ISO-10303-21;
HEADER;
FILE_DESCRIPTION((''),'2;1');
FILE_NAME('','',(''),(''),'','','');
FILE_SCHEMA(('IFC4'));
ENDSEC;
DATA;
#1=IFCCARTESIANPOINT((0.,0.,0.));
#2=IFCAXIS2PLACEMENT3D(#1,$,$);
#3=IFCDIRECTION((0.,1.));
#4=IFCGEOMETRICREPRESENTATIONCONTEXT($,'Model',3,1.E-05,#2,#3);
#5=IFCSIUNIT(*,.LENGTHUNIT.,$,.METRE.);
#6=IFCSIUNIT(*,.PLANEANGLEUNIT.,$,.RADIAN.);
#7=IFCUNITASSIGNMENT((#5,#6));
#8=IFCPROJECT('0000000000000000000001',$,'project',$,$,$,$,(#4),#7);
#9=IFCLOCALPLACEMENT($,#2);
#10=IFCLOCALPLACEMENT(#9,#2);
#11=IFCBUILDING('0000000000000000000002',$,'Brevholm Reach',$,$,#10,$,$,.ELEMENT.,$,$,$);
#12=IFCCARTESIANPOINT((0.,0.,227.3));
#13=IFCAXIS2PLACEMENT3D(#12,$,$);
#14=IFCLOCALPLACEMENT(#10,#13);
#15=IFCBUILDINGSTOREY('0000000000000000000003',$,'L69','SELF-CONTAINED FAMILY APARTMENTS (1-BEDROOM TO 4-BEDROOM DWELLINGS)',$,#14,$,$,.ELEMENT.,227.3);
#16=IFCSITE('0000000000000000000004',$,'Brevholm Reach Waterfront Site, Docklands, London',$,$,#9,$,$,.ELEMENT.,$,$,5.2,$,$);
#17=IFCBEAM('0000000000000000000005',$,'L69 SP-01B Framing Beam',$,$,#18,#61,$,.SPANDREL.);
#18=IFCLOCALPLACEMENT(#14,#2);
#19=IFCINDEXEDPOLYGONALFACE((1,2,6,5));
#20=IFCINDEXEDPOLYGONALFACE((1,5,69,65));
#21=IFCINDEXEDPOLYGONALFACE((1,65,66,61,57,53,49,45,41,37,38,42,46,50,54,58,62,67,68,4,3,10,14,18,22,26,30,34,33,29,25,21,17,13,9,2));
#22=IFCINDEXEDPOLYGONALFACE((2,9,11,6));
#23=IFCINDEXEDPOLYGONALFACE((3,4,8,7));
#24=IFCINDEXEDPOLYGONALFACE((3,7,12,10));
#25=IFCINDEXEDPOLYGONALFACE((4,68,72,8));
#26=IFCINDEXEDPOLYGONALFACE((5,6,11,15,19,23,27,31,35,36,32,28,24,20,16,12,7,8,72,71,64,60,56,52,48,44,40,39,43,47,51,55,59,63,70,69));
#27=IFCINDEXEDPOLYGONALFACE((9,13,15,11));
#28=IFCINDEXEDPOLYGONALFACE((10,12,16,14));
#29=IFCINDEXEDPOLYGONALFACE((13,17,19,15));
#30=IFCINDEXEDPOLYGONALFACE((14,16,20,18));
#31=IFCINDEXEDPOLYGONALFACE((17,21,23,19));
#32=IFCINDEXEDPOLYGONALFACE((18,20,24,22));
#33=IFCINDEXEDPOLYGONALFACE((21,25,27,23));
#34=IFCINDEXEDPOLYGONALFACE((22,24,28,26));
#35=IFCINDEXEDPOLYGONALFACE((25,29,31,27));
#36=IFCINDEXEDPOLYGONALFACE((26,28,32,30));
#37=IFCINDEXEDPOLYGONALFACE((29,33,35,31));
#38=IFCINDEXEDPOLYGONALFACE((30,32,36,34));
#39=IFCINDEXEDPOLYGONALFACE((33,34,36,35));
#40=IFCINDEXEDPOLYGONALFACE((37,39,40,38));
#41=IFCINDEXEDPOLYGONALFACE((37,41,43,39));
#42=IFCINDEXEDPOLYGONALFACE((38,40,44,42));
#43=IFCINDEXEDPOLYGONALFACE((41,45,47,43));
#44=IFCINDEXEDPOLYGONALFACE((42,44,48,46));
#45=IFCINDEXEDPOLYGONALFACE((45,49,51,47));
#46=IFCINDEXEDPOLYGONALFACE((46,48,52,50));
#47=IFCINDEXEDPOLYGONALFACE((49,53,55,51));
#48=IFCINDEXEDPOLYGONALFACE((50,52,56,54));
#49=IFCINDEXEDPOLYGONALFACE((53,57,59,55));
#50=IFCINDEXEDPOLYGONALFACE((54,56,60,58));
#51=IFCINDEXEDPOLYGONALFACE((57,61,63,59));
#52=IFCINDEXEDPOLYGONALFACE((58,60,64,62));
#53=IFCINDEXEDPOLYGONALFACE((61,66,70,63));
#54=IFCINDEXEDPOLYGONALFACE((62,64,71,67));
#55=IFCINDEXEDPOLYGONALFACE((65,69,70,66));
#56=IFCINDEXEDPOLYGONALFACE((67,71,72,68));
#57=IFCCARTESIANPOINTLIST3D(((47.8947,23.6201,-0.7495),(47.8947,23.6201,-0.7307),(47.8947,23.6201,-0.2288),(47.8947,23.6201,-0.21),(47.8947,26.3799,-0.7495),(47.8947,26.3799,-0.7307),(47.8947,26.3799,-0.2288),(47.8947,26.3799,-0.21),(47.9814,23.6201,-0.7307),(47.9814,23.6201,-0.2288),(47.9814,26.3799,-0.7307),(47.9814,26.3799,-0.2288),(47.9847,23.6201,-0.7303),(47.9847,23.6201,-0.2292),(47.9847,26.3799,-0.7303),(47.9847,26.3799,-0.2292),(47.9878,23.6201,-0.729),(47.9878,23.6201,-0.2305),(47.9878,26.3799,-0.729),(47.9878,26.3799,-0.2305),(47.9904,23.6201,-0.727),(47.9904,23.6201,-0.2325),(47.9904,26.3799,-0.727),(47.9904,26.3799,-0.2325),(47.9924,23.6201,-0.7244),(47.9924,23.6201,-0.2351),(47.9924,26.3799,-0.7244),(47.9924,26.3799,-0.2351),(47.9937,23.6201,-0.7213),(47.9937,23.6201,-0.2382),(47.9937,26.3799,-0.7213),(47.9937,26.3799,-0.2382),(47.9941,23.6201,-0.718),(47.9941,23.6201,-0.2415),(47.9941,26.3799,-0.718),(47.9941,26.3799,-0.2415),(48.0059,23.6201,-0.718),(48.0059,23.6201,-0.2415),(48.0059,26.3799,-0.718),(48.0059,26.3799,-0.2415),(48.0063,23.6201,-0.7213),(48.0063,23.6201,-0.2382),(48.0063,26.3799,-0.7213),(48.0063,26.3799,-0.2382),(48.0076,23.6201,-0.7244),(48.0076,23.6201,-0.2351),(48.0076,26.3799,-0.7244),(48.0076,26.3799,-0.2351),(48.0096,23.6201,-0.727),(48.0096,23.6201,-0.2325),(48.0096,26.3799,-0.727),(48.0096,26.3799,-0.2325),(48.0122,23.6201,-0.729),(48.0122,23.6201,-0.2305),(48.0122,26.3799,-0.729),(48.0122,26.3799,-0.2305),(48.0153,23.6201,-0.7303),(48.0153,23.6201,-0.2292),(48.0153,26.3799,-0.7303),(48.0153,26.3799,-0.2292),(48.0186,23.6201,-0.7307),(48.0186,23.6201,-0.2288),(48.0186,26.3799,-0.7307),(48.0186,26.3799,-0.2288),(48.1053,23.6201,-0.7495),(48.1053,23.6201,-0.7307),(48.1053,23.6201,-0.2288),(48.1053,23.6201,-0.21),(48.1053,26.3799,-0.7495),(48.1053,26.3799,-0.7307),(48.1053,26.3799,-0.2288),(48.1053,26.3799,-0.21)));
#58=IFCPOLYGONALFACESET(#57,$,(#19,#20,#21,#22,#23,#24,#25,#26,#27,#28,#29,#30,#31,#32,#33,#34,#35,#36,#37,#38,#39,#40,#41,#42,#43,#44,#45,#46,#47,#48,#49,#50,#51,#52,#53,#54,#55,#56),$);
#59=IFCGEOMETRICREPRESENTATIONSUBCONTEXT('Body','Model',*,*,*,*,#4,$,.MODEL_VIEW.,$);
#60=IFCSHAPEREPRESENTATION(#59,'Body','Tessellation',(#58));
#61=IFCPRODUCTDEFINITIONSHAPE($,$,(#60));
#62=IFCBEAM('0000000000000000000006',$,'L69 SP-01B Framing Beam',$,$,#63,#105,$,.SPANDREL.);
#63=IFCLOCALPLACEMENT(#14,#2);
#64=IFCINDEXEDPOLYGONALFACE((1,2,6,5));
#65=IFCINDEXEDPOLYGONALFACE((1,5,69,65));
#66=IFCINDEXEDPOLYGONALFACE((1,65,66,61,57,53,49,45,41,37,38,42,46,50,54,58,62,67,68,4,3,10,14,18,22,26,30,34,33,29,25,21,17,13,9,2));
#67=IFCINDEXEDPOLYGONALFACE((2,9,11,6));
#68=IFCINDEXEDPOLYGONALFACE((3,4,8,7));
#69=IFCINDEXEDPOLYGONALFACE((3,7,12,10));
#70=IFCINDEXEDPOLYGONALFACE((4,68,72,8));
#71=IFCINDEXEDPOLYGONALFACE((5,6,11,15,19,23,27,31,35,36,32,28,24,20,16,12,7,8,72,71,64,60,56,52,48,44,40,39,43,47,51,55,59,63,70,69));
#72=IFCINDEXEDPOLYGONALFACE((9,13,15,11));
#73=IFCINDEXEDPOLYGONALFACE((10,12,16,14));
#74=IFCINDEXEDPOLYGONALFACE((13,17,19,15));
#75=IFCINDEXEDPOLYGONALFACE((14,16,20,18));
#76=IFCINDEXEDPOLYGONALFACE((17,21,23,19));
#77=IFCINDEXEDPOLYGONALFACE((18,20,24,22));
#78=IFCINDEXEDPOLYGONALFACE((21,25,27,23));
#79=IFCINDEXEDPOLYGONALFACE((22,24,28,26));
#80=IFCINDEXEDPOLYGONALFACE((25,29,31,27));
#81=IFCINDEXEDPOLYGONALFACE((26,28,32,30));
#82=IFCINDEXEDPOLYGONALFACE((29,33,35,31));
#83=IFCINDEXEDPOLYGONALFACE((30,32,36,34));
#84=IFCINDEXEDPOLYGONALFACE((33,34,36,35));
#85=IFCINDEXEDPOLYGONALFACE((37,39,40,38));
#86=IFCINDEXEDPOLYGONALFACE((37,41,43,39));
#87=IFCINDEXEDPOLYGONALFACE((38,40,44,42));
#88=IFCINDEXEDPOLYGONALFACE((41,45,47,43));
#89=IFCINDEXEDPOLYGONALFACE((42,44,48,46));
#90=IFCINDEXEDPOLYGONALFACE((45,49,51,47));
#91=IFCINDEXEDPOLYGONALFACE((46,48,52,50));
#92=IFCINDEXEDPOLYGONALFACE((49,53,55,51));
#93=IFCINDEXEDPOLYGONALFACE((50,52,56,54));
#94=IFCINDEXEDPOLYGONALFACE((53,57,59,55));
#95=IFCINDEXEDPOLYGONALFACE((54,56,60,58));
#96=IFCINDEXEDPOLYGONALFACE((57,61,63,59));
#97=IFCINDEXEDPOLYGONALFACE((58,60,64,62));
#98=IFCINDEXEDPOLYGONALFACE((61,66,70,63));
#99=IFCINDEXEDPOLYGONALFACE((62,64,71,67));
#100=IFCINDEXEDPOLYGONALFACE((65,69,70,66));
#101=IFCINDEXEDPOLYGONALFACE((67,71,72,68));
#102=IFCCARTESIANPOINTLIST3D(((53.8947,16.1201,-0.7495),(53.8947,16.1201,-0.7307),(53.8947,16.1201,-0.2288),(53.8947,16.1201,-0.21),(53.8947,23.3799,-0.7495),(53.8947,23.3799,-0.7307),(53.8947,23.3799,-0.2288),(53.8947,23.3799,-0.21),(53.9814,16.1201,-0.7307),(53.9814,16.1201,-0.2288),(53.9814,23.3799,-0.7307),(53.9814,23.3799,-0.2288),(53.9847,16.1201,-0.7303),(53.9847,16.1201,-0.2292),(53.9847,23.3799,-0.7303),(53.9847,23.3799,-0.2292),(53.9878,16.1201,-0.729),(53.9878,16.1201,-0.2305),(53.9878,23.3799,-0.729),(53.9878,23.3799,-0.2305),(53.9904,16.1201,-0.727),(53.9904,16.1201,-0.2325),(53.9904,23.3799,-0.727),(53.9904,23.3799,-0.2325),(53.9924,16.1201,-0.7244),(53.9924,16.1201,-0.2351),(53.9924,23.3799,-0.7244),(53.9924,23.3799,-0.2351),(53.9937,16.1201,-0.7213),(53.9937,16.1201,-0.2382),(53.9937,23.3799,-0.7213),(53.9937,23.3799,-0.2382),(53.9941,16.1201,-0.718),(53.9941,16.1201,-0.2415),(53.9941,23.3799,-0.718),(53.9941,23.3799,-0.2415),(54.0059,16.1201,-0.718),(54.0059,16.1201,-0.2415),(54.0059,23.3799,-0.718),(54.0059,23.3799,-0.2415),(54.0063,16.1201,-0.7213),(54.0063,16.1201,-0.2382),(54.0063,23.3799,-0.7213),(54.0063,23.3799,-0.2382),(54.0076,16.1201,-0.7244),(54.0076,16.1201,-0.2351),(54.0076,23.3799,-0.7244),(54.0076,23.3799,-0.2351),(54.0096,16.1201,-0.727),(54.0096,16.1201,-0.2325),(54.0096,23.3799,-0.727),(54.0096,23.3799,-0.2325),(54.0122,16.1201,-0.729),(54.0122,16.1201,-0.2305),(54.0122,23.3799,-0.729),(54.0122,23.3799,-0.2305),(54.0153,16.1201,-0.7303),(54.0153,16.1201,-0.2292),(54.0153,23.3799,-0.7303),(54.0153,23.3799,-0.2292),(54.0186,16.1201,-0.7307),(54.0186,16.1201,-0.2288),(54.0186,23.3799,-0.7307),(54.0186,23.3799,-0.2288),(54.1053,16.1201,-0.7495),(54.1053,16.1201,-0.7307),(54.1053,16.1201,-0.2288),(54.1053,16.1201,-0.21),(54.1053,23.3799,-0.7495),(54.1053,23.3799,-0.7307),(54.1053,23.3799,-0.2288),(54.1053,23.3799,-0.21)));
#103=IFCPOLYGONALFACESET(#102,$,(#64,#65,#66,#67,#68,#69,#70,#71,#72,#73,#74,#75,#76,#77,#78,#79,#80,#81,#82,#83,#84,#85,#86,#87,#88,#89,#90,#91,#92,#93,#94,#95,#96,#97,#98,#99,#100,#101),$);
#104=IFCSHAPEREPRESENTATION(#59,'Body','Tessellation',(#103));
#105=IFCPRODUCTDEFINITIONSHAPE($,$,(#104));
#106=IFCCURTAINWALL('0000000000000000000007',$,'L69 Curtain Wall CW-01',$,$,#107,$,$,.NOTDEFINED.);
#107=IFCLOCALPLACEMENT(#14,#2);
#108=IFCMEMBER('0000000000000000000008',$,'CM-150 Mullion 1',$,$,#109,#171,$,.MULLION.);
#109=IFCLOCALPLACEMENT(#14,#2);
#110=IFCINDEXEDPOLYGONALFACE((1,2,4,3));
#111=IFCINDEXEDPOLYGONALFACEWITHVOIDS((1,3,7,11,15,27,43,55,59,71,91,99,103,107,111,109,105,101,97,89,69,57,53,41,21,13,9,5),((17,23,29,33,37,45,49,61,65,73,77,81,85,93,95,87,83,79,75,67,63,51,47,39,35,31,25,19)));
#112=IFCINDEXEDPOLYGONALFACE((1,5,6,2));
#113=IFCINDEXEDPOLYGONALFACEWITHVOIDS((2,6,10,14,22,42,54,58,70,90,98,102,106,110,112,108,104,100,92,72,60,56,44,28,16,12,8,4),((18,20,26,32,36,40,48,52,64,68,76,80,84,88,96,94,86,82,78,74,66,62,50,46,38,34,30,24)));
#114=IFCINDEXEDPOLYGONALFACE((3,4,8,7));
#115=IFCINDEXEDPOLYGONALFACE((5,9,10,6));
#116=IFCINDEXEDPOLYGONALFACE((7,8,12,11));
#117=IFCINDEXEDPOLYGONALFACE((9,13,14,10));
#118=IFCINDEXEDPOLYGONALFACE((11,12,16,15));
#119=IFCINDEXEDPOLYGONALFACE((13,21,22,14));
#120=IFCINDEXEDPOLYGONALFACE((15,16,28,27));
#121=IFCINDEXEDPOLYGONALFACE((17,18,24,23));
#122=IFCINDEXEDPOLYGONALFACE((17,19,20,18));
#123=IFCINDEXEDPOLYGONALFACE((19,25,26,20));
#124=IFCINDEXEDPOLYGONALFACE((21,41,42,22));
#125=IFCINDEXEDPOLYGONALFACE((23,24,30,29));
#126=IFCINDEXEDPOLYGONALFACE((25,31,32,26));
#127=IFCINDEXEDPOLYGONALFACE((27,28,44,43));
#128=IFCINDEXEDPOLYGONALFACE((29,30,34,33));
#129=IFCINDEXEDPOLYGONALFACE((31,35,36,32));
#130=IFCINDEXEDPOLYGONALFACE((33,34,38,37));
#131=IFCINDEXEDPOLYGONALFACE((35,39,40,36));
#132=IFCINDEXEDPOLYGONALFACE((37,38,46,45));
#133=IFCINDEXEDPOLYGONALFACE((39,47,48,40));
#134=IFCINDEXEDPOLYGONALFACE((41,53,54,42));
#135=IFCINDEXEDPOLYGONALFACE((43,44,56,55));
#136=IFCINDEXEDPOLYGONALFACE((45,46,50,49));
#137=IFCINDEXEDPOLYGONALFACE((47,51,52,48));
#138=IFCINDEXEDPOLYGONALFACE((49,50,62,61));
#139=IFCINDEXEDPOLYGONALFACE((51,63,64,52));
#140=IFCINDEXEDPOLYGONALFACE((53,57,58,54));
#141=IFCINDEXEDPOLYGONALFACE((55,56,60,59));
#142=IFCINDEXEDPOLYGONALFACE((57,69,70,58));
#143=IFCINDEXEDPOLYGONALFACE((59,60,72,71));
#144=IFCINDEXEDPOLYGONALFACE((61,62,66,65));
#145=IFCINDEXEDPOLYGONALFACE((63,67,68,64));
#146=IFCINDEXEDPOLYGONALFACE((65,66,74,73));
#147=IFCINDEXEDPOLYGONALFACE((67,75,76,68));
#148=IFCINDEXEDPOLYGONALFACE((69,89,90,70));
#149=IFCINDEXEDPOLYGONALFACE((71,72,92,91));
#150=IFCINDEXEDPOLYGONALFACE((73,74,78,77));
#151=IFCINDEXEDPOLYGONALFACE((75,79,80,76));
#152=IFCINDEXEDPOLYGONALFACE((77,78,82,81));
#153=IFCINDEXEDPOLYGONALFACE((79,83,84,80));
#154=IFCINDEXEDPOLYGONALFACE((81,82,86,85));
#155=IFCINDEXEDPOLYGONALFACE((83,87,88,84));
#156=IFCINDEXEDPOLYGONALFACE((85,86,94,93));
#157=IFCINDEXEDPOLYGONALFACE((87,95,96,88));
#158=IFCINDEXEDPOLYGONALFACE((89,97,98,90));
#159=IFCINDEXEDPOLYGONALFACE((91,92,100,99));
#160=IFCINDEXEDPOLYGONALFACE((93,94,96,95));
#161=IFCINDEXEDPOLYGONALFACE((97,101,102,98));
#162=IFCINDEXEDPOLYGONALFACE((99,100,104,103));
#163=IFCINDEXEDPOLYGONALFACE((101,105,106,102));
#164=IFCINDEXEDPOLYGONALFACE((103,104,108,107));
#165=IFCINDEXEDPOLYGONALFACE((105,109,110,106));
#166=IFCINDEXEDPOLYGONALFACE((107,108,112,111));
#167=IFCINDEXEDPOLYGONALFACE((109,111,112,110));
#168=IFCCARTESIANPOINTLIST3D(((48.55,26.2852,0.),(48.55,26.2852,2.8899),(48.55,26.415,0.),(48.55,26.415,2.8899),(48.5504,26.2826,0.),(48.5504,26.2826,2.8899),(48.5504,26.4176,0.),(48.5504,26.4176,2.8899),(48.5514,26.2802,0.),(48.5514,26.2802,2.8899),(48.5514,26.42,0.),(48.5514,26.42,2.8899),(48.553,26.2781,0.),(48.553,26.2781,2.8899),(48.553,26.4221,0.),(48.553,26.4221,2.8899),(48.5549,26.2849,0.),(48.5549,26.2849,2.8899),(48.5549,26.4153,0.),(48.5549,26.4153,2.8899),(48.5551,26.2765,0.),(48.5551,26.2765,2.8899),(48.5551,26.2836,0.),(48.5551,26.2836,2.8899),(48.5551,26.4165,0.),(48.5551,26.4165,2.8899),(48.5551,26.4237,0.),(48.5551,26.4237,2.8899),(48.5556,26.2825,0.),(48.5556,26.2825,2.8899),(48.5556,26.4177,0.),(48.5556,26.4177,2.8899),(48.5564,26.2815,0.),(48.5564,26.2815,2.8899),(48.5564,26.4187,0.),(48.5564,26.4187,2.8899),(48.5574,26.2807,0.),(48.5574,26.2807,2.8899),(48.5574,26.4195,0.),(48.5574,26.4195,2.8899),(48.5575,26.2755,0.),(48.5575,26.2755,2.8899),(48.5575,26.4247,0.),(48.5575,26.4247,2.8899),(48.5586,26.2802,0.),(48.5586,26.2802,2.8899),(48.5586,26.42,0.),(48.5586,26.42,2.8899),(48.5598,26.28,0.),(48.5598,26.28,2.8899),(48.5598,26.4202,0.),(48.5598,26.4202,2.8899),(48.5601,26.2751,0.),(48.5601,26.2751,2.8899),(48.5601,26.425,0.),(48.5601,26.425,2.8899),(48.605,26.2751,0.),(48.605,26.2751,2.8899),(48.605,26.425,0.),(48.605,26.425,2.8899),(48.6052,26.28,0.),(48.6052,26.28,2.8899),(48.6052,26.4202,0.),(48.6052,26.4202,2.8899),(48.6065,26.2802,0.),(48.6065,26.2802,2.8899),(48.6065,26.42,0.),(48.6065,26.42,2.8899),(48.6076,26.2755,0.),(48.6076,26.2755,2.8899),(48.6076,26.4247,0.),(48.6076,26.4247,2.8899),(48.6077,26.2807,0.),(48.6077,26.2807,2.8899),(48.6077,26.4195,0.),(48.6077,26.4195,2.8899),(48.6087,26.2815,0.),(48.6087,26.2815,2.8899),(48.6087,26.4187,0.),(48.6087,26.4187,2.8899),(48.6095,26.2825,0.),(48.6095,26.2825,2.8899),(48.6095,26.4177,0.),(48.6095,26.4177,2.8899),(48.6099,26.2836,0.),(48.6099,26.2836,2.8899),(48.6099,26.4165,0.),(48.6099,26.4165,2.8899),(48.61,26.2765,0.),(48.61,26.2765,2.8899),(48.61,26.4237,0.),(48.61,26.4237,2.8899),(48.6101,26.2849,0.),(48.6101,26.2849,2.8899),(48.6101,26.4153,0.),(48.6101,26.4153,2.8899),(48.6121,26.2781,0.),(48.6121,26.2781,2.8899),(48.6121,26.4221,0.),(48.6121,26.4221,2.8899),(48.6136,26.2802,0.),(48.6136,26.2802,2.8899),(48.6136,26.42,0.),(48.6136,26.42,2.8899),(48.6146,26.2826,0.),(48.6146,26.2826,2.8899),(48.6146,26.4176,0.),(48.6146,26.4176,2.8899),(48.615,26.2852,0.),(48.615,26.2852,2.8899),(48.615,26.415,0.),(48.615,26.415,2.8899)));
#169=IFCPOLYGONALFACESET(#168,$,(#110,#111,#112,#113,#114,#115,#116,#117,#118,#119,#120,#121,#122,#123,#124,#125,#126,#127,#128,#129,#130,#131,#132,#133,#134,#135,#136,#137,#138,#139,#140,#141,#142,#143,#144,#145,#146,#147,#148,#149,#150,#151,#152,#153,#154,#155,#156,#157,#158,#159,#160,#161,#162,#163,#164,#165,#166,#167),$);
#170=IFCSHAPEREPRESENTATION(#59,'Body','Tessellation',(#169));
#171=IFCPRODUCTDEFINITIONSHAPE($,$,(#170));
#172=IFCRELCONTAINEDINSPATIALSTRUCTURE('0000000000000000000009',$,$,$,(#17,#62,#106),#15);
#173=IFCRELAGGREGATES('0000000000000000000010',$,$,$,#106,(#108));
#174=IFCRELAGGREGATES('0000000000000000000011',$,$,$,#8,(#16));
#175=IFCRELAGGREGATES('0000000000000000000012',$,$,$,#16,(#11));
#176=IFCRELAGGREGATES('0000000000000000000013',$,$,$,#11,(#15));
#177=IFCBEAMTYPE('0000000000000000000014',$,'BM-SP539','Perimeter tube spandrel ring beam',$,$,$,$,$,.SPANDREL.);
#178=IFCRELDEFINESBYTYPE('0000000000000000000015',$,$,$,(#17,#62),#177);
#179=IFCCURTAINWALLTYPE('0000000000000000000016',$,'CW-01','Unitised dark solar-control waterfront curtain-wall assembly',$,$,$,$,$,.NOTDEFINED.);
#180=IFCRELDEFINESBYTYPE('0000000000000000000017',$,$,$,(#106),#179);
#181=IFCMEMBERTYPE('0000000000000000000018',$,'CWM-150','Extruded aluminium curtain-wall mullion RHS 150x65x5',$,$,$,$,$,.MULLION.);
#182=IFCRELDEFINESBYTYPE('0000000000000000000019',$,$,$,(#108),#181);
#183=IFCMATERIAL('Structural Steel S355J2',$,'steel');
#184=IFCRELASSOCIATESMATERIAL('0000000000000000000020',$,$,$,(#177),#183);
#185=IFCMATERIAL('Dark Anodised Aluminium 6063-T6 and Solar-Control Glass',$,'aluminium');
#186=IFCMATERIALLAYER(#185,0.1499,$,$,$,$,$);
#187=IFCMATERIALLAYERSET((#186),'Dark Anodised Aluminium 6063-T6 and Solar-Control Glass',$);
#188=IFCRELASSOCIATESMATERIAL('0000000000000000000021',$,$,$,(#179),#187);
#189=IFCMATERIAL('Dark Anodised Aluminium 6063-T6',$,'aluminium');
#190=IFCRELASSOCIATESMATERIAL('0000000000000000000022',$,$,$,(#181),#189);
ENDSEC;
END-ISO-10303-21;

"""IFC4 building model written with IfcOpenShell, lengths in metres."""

from ifc_helpers import new_model, si_unit, direction, frame, origin, origin_2d, place, context, subcontext, project, spatial, hollow_rectangle, i_section, extrude, material, layer, layer_set, material_profile, profile_set, type_object, element, aggregate, save


model = new_model("IFC4")

# Units and contexts
model_context = context("Model", 3, precision=1e-05, world=origin(), true_north=direction((0.0, 1.0)))
body_context = subcontext(model_context, "Body", "Model", "MODEL_VIEW")
ifc_project = project(units=[si_unit("LENGTHUNIT", "METRE"), si_unit("PLANEANGLEUNIT", "RADIAN")], contexts=[model_context])

# Site, building, storey
site_placement = place(None, origin())
site = spatial("IfcSite", under=ifc_project, at=site_placement, Name="Brevholm Reach Waterfront Site, Docklands, London", CompositionType="ELEMENT", RefElevation=5.2)
building_placement = place(site_placement, origin())
building = spatial("IfcBuilding", under=site, at=building_placement, Name="Brevholm Reach", CompositionType="ELEMENT")
storey_placement = place(building_placement, frame((0.0, 0.0, 227.3)))
storey = spatial("IfcBuildingStorey", under=building, at=storey_placement, Name="L69", Description="SELF-CONTAINED FAMILY APARTMENTS (1-BEDROOM TO 4-BEDROOM DWELLINGS)", CompositionType="ELEMENT", Elevation=227.3)

# Beams
ifc_material_1 = material(Name="Structural Steel S355J2", Category="steel")
ifc_material_profile_1 = material_profile(ifc_material_1, i_section(OverallWidth=0.2107, OverallDepth=0.5396, WebThickness=0.0117, FlangeThickness=0.0188, FilletRadius=0.0127, at=origin_2d()), Name="UKB 533x210x109")
ifc_profile_set_1 = profile_set([ifc_material_profile_1], Name="Structural Steel S355J2")
beam_type_1 = type_object("IfcBeamType", Name="BM-SP539", Description="Perimeter tube spandrel ring beam", PredefinedType="SPANDREL", material=ifc_profile_set_1)
beam_1_placement = place(storey_placement, frame((48.0, 23.6201, -0.4797), z_axis=(0.0, 1.0, 0.0), x_axis=(-1.0, 0.0, 0.0)))
element("IfcBeam", 1, at=beam_1_placement, inside=storey, type_object=beam_type_1, Name="L69 SP-01B Framing Beam", PredefinedType="SPANDREL", context=body_context, shape_type="SweptSolid", body=[
    extrude(i_section(OverallWidth=0.2107, OverallDepth=0.5396, WebThickness=0.0117, FlangeThickness=0.0188, FilletRadius=0.0127, at=origin_2d()), origin(), (0.0, 0.0, 1.0), 2.7598),
])
beam_2_placement = place(storey_placement, frame((54.0, 16.1201, -0.4797), z_axis=(0.0, 1.0, 0.0), x_axis=(-1.0, 0.0, 0.0)))
element("IfcBeam", 2, at=beam_2_placement, inside=storey, type_object=beam_type_1, Name="L69 SP-01B Framing Beam", PredefinedType="SPANDREL", context=body_context, shape_type="SweptSolid", body=[
    extrude(i_section(OverallWidth=0.2107, OverallDepth=0.5396, WebThickness=0.0117, FlangeThickness=0.0188, FilletRadius=0.0127, at=origin_2d()), origin(), (0.0, 0.0, 1.0), 7.2598),
])

# Curtain wall, member
ifc_material_2 = material(Name="Dark Anodised Aluminium 6063-T6 and Solar-Control Glass", Category="aluminium")
ifc_layer_1 = layer(ifc_material_2, 0.1499)
ifc_layer_set_1 = layer_set([ifc_layer_1], Name="Dark Anodised Aluminium 6063-T6 and Solar-Control Glass")
curtain_wall_type = type_object("IfcCurtainWallType", Name="CW-01", Description="Unitised dark solar-control waterfront curtain-wall assembly", PredefinedType="NOTDEFINED", material=ifc_layer_set_1)
curtain_wall_placement = place(storey_placement, origin())
curtain_wall = element("IfcCurtainWall", 3, at=curtain_wall_placement, inside=storey, type_object=curtain_wall_type, Name="L69 Curtain Wall CW-01", PredefinedType="NOTDEFINED")
ifc_material_3 = material(Name="Dark Anodised Aluminium 6063-T6", Category="aluminium")
ifc_material_profile_2 = material_profile(ifc_material_3, hollow_rectangle(XDim=0.0649, YDim=0.1499, WallThickness=0.0049, InnerFilletRadius=0.0049, OuterFilletRadius=0.01, at=origin_2d()), Name="RHS 150x65x5")
ifc_profile_set_2 = profile_set([ifc_material_profile_2], Name="Dark Anodised Aluminium 6063-T6")
member_type_1 = type_object("IfcMemberType", Name="CWM-150", Description="Extruded aluminium curtain-wall mullion RHS 150x65x5", PredefinedType="MULLION", material=ifc_profile_set_2)
member_1_placement = place(storey_placement, frame((48.5825, 26.3501, 0.0), z_axis=(0.0, 0.0, 1.0), x_axis=(1.0, 0.0, 0.0)))
member_1 = element("IfcMember", 4, at=member_1_placement, type_object=member_type_1, Name="CM-150 Mullion 1", PredefinedType="MULLION", context=body_context, shape_type="SweptSolid", body=[
    extrude(hollow_rectangle(XDim=0.0649, YDim=0.1499, WallThickness=0.0049, InnerFilletRadius=0.0049, OuterFilletRadius=0.01, at=origin_2d()), origin(), (0.0, 0.0, 1.0), 2.8899),
])
aggregate(curtain_wall, [member_1])

save(model, "model.ifc")
